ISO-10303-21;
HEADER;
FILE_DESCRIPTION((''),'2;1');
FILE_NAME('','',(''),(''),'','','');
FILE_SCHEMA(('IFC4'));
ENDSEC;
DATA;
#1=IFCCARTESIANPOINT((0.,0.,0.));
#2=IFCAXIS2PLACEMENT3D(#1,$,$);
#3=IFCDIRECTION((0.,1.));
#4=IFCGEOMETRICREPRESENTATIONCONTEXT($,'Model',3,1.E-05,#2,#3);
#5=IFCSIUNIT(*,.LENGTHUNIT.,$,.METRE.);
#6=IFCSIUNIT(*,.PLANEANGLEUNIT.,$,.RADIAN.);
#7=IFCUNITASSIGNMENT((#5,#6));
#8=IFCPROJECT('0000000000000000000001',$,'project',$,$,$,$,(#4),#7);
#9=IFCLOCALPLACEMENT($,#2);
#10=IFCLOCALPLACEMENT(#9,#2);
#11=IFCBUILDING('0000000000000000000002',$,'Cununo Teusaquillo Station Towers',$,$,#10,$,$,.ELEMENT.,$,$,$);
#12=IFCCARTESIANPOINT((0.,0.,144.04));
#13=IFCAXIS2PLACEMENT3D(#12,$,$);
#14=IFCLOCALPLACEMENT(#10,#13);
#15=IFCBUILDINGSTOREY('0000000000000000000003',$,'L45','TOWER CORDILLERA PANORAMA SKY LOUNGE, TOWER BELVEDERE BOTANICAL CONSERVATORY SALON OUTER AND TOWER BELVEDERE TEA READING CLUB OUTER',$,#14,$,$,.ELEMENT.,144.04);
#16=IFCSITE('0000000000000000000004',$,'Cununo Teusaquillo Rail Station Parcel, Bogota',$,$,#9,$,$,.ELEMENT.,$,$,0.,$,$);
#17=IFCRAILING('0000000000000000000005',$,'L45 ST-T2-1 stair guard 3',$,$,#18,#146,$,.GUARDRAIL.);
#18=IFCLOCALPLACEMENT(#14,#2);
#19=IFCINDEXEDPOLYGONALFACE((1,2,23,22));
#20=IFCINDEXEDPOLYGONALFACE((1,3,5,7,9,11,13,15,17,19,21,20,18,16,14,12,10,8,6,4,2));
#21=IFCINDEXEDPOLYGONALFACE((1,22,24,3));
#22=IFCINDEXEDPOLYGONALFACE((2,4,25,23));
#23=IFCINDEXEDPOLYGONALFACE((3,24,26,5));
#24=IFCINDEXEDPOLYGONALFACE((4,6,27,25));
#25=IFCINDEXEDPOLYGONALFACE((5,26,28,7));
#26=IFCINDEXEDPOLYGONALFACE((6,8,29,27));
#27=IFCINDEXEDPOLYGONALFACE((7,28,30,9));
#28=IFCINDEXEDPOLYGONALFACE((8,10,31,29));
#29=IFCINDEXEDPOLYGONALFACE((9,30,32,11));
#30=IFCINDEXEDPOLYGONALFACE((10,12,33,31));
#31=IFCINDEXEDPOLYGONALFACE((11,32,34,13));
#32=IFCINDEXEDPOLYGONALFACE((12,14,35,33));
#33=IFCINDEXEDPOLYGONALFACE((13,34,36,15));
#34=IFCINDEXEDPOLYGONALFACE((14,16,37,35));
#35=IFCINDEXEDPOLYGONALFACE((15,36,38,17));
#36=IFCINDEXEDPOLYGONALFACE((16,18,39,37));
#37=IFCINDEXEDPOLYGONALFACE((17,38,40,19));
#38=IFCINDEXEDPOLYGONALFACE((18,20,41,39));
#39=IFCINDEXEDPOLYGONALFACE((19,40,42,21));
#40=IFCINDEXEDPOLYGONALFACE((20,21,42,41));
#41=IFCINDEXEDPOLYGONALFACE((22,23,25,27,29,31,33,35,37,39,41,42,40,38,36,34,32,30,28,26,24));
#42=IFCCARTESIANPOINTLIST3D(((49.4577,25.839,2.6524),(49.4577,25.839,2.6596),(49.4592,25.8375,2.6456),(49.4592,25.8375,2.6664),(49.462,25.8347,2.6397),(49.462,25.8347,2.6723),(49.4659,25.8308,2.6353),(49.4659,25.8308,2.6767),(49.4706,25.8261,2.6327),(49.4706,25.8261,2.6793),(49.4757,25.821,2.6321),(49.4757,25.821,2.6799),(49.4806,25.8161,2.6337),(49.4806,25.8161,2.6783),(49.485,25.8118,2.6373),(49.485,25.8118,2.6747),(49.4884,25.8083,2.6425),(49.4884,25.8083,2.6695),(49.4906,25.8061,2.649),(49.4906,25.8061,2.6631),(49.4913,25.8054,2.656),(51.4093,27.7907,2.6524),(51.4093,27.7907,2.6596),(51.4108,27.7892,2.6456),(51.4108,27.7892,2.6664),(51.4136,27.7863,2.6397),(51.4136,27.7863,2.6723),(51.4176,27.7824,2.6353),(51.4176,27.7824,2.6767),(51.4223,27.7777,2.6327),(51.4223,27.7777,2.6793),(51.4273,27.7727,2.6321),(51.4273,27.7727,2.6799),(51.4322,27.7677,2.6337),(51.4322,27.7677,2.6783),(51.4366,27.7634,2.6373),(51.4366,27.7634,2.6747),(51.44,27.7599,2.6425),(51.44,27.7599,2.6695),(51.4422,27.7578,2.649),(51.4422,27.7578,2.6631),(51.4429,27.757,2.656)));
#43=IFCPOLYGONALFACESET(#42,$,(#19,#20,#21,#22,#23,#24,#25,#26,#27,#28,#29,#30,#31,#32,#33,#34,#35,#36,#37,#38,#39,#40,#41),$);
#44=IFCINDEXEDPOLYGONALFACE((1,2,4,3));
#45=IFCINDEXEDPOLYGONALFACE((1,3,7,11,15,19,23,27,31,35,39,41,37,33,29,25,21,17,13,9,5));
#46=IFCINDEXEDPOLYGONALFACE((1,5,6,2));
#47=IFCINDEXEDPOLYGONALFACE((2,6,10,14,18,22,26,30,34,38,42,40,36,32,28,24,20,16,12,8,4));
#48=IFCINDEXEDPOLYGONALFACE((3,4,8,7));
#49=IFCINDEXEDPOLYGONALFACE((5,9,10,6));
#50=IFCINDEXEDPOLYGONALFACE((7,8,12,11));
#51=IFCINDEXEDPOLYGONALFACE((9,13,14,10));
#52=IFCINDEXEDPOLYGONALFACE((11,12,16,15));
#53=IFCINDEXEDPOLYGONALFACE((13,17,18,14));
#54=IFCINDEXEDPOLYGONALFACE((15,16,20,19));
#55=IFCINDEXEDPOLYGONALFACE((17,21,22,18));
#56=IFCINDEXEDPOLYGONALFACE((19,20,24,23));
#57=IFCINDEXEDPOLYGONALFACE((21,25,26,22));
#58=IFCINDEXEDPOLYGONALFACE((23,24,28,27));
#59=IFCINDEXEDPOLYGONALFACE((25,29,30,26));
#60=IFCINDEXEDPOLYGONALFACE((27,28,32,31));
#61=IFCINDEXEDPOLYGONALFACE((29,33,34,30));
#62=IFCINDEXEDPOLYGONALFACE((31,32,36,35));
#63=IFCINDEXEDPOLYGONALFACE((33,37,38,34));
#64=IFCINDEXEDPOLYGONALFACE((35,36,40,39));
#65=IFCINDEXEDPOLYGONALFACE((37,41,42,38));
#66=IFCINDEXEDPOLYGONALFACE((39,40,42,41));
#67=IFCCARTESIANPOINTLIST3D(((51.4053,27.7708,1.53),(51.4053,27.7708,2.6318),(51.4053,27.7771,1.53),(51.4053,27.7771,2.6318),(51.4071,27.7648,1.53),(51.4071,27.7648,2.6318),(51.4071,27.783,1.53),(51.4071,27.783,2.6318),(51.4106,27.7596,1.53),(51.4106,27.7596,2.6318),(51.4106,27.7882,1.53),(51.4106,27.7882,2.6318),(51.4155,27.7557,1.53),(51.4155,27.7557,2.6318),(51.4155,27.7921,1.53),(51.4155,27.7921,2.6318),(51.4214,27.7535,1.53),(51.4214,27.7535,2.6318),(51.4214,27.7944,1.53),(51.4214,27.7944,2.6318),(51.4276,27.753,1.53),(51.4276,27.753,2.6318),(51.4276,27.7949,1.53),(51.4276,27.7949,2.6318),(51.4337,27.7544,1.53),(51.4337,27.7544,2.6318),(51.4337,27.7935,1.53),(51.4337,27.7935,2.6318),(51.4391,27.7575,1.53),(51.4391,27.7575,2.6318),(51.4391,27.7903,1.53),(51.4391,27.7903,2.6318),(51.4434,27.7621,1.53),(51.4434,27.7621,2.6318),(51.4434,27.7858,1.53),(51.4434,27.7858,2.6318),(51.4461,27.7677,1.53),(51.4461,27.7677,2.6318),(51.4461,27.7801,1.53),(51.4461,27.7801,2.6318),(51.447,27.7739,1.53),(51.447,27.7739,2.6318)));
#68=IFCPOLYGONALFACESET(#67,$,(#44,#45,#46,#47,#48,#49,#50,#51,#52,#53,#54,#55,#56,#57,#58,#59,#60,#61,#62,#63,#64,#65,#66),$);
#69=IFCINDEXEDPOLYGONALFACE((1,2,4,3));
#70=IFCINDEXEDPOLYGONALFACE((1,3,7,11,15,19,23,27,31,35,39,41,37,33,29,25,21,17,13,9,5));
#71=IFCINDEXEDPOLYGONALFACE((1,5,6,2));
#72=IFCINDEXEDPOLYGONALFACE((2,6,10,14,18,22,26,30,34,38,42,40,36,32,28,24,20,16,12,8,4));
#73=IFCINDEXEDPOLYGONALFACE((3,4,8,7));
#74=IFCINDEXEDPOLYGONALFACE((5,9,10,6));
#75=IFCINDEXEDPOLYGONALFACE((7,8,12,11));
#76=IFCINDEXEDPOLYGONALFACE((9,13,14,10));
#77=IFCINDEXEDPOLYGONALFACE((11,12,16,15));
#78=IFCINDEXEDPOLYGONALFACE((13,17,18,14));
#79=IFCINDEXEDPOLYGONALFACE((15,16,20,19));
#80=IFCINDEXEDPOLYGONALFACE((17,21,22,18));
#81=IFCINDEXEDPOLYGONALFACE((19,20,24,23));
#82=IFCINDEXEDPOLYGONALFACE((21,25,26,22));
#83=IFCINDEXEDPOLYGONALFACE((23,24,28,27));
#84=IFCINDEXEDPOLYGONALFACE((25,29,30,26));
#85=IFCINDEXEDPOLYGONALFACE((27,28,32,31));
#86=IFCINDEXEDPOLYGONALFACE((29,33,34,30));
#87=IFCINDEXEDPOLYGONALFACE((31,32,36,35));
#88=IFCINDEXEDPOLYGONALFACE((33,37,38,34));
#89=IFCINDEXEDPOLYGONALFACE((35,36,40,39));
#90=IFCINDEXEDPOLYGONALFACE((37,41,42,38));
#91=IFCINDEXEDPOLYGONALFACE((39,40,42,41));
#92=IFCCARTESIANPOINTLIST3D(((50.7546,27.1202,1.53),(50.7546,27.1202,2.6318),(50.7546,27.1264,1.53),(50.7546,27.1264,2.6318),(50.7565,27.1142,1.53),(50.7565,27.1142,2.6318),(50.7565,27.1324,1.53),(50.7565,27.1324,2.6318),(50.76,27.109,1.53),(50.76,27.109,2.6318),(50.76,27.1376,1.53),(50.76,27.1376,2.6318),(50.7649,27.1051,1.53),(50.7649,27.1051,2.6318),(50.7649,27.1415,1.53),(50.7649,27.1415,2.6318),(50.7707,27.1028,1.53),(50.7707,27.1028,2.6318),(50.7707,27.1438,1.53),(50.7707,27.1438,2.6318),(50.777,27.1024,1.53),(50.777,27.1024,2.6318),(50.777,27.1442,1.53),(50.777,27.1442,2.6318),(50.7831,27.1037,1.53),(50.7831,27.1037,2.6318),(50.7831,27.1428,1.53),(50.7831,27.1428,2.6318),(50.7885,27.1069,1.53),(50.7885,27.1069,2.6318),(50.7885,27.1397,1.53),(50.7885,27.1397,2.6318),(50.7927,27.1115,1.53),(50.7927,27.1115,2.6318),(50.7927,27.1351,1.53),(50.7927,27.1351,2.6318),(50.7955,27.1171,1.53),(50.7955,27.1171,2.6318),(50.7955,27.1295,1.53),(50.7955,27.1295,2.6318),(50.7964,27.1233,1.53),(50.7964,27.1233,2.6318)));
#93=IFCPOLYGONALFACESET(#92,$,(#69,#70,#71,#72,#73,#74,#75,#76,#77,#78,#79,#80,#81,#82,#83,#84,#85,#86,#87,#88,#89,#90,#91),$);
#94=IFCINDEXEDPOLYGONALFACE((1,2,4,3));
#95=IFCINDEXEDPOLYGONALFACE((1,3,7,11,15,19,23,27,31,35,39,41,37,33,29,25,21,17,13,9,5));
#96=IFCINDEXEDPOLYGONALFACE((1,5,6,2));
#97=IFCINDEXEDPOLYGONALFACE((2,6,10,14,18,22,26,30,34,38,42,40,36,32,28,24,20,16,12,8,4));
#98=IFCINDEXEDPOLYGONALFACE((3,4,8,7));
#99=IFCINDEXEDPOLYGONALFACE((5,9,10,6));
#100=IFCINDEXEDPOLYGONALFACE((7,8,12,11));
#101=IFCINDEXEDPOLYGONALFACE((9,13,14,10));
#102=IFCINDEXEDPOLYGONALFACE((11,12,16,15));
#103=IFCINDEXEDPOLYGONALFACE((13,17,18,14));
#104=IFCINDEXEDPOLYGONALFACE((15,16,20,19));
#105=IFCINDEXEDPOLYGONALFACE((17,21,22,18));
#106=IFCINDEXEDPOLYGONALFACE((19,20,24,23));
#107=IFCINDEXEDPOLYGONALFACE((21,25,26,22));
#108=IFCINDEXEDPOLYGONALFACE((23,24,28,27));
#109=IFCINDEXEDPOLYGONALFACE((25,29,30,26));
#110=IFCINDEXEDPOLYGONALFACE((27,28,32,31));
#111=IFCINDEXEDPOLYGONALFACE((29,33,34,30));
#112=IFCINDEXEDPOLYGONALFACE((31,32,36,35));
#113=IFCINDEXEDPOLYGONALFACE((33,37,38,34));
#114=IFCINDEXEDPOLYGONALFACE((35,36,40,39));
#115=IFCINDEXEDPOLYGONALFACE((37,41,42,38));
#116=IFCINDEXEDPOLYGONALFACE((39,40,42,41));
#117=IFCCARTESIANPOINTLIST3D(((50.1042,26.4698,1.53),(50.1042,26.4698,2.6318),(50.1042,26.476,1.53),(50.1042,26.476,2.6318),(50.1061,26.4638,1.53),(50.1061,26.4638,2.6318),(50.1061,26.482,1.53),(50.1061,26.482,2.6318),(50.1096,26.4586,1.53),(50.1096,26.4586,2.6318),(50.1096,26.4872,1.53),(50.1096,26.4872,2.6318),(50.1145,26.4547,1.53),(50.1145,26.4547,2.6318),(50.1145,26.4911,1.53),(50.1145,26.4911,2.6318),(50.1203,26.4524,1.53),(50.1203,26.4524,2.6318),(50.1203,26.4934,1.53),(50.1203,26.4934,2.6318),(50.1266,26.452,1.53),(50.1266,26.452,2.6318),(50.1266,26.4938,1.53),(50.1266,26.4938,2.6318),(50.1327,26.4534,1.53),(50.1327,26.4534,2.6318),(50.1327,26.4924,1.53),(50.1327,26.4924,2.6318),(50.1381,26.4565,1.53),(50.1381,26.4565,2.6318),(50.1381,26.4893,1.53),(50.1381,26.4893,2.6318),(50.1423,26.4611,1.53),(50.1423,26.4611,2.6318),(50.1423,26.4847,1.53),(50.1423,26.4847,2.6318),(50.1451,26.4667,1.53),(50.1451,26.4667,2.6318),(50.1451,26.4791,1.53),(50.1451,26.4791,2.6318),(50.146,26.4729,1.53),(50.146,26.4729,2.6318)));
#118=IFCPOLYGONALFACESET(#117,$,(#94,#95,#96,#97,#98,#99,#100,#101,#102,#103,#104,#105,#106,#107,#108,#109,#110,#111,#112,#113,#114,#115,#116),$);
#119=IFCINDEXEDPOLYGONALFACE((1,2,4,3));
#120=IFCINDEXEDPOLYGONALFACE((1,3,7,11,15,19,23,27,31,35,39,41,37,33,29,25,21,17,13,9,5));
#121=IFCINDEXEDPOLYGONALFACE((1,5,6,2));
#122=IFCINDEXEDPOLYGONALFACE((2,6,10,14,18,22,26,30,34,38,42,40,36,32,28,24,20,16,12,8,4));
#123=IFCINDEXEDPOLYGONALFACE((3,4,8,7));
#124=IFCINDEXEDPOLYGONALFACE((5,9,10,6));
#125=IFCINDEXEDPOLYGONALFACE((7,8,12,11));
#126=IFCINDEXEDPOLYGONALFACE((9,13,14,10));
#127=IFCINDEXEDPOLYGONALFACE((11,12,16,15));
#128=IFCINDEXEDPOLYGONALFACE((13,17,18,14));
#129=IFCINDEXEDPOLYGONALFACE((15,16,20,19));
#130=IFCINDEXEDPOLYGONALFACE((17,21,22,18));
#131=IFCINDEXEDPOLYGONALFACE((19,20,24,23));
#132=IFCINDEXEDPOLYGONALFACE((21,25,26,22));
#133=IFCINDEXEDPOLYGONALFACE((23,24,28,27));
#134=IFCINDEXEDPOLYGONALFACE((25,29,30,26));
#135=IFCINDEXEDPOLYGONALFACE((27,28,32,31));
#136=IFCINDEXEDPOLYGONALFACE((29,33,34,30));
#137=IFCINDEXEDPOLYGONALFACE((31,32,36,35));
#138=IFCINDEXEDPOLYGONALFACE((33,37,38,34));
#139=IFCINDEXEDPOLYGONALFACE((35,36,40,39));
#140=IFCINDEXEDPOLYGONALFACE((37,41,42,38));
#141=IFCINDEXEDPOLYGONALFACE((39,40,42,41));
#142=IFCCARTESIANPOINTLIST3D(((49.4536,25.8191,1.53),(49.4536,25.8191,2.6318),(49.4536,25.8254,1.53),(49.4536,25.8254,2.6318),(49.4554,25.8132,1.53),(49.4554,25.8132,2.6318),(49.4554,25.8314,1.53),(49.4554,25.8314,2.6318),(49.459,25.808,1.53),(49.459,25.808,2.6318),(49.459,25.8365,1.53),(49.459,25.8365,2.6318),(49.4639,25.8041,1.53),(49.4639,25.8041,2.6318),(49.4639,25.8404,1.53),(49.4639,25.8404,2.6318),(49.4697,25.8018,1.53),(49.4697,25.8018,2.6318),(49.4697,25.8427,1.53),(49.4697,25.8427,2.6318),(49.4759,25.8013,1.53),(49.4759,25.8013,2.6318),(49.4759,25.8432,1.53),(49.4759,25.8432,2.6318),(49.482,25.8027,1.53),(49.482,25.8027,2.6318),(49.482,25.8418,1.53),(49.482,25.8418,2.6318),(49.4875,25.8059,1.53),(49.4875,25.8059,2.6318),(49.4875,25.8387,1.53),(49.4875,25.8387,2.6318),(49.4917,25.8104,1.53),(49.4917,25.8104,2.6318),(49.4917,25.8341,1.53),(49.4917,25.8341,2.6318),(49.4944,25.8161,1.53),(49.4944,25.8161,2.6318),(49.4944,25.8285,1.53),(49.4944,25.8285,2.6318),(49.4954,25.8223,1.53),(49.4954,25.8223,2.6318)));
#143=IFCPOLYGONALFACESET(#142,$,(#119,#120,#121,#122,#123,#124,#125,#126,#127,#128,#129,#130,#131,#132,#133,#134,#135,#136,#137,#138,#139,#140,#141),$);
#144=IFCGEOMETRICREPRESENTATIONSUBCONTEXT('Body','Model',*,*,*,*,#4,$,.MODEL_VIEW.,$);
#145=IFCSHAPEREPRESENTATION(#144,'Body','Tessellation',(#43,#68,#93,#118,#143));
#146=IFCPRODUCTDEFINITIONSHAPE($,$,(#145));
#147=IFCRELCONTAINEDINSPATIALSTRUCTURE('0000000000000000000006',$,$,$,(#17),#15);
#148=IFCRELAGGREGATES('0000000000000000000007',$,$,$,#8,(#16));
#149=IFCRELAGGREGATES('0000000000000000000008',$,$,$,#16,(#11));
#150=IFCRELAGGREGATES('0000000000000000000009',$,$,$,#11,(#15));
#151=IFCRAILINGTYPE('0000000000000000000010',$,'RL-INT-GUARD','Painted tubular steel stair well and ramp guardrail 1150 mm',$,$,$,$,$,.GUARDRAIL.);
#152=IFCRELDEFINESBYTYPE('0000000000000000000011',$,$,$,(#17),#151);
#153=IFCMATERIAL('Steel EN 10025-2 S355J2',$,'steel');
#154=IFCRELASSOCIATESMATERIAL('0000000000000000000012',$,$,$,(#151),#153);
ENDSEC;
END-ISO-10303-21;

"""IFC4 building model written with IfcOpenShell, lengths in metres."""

from ifc_helpers import new_model, si_unit, direction, frame, origin, origin_2d, place, context, subcontext, project, spatial, circle, extrude, material, type_object, element, save


model = new_model("IFC4")

# Units and contexts
model_context = context("Model", 3, precision=1e-05, world=origin(), true_north=direction((0.0, 1.0)))
body_context = subcontext(model_context, "Body", "Model", "MODEL_VIEW")
ifc_project = project(units=[si_unit("LENGTHUNIT", "METRE"), si_unit("PLANEANGLEUNIT", "RADIAN")], contexts=[model_context])

# Site, building, storey
site_placement = place(None, origin())
site = spatial("IfcSite", under=ifc_project, at=site_placement, Name="Cununo Teusaquillo Rail Station Parcel, Bogota", CompositionType="ELEMENT", RefElevation=0.0)
building_placement = place(site_placement, origin())
building = spatial("IfcBuilding", under=site, at=building_placement, Name="Cununo Teusaquillo Station Towers", CompositionType="ELEMENT")
storey_placement = place(building_placement, frame((0.0, 0.0, 144.04)))
storey = spatial("IfcBuildingStorey", under=building, at=storey_placement, Name="L45", Description="TOWER CORDILLERA PANORAMA SKY LOUNGE, TOWER BELVEDERE BOTANICAL CONSERVATORY SALON OUTER AND TOWER BELVEDERE TEA READING CLUB OUTER", CompositionType="ELEMENT", Elevation=144.04)

# Railing
ifc_material_1 = material(Name="Steel EN 10025-2 S355J2", Category="steel")
railing_type = type_object("IfcRailingType", Name="RL-INT-GUARD", Description="Painted tubular steel stair well and ramp guardrail 1150 mm", PredefinedType="GUARDRAIL", material=ifc_material_1)
railing_1_placement = place(storey_placement, frame((51.426, 27.7739, 1.53)))
element("IfcRailing", 1, at=railing_1_placement, inside=storey, type_object=railing_type, Name="L45 ST-T2-1 stair guard 3", PredefinedType="GUARDRAIL", context=body_context, shape_type="SweptSolid", body=[
    extrude(circle(Radius=0.0239, at=origin_2d()), frame((0.0, 0.0, 1.126), z_axis=(-0.707107, -0.707107, 0.0), x_axis=(0.707107, -0.707107, 0.0)), (0.0, 0.0, 1.0), 2.76),
    extrude(circle(Radius=0.021, at=origin_2d()), origin(), (0.0, 0.0, 1.0), 1.1018),
    extrude(circle(Radius=0.021, at=origin_2d()), frame((-0.6506, -0.6506, 0.0)), (0.0, 0.0, 1.0), 1.1018),
    extrude(circle(Radius=0.021, at=origin_2d()), frame((-1.301, -1.301, 0.0)), (0.0, 0.0, 1.0), 1.1018),
    extrude(circle(Radius=0.021, at=origin_2d()), frame((-1.9517, -1.9517, 0.0)), (0.0, 0.0, 1.0), 1.1018),
])

save(model, "model.ifc")
